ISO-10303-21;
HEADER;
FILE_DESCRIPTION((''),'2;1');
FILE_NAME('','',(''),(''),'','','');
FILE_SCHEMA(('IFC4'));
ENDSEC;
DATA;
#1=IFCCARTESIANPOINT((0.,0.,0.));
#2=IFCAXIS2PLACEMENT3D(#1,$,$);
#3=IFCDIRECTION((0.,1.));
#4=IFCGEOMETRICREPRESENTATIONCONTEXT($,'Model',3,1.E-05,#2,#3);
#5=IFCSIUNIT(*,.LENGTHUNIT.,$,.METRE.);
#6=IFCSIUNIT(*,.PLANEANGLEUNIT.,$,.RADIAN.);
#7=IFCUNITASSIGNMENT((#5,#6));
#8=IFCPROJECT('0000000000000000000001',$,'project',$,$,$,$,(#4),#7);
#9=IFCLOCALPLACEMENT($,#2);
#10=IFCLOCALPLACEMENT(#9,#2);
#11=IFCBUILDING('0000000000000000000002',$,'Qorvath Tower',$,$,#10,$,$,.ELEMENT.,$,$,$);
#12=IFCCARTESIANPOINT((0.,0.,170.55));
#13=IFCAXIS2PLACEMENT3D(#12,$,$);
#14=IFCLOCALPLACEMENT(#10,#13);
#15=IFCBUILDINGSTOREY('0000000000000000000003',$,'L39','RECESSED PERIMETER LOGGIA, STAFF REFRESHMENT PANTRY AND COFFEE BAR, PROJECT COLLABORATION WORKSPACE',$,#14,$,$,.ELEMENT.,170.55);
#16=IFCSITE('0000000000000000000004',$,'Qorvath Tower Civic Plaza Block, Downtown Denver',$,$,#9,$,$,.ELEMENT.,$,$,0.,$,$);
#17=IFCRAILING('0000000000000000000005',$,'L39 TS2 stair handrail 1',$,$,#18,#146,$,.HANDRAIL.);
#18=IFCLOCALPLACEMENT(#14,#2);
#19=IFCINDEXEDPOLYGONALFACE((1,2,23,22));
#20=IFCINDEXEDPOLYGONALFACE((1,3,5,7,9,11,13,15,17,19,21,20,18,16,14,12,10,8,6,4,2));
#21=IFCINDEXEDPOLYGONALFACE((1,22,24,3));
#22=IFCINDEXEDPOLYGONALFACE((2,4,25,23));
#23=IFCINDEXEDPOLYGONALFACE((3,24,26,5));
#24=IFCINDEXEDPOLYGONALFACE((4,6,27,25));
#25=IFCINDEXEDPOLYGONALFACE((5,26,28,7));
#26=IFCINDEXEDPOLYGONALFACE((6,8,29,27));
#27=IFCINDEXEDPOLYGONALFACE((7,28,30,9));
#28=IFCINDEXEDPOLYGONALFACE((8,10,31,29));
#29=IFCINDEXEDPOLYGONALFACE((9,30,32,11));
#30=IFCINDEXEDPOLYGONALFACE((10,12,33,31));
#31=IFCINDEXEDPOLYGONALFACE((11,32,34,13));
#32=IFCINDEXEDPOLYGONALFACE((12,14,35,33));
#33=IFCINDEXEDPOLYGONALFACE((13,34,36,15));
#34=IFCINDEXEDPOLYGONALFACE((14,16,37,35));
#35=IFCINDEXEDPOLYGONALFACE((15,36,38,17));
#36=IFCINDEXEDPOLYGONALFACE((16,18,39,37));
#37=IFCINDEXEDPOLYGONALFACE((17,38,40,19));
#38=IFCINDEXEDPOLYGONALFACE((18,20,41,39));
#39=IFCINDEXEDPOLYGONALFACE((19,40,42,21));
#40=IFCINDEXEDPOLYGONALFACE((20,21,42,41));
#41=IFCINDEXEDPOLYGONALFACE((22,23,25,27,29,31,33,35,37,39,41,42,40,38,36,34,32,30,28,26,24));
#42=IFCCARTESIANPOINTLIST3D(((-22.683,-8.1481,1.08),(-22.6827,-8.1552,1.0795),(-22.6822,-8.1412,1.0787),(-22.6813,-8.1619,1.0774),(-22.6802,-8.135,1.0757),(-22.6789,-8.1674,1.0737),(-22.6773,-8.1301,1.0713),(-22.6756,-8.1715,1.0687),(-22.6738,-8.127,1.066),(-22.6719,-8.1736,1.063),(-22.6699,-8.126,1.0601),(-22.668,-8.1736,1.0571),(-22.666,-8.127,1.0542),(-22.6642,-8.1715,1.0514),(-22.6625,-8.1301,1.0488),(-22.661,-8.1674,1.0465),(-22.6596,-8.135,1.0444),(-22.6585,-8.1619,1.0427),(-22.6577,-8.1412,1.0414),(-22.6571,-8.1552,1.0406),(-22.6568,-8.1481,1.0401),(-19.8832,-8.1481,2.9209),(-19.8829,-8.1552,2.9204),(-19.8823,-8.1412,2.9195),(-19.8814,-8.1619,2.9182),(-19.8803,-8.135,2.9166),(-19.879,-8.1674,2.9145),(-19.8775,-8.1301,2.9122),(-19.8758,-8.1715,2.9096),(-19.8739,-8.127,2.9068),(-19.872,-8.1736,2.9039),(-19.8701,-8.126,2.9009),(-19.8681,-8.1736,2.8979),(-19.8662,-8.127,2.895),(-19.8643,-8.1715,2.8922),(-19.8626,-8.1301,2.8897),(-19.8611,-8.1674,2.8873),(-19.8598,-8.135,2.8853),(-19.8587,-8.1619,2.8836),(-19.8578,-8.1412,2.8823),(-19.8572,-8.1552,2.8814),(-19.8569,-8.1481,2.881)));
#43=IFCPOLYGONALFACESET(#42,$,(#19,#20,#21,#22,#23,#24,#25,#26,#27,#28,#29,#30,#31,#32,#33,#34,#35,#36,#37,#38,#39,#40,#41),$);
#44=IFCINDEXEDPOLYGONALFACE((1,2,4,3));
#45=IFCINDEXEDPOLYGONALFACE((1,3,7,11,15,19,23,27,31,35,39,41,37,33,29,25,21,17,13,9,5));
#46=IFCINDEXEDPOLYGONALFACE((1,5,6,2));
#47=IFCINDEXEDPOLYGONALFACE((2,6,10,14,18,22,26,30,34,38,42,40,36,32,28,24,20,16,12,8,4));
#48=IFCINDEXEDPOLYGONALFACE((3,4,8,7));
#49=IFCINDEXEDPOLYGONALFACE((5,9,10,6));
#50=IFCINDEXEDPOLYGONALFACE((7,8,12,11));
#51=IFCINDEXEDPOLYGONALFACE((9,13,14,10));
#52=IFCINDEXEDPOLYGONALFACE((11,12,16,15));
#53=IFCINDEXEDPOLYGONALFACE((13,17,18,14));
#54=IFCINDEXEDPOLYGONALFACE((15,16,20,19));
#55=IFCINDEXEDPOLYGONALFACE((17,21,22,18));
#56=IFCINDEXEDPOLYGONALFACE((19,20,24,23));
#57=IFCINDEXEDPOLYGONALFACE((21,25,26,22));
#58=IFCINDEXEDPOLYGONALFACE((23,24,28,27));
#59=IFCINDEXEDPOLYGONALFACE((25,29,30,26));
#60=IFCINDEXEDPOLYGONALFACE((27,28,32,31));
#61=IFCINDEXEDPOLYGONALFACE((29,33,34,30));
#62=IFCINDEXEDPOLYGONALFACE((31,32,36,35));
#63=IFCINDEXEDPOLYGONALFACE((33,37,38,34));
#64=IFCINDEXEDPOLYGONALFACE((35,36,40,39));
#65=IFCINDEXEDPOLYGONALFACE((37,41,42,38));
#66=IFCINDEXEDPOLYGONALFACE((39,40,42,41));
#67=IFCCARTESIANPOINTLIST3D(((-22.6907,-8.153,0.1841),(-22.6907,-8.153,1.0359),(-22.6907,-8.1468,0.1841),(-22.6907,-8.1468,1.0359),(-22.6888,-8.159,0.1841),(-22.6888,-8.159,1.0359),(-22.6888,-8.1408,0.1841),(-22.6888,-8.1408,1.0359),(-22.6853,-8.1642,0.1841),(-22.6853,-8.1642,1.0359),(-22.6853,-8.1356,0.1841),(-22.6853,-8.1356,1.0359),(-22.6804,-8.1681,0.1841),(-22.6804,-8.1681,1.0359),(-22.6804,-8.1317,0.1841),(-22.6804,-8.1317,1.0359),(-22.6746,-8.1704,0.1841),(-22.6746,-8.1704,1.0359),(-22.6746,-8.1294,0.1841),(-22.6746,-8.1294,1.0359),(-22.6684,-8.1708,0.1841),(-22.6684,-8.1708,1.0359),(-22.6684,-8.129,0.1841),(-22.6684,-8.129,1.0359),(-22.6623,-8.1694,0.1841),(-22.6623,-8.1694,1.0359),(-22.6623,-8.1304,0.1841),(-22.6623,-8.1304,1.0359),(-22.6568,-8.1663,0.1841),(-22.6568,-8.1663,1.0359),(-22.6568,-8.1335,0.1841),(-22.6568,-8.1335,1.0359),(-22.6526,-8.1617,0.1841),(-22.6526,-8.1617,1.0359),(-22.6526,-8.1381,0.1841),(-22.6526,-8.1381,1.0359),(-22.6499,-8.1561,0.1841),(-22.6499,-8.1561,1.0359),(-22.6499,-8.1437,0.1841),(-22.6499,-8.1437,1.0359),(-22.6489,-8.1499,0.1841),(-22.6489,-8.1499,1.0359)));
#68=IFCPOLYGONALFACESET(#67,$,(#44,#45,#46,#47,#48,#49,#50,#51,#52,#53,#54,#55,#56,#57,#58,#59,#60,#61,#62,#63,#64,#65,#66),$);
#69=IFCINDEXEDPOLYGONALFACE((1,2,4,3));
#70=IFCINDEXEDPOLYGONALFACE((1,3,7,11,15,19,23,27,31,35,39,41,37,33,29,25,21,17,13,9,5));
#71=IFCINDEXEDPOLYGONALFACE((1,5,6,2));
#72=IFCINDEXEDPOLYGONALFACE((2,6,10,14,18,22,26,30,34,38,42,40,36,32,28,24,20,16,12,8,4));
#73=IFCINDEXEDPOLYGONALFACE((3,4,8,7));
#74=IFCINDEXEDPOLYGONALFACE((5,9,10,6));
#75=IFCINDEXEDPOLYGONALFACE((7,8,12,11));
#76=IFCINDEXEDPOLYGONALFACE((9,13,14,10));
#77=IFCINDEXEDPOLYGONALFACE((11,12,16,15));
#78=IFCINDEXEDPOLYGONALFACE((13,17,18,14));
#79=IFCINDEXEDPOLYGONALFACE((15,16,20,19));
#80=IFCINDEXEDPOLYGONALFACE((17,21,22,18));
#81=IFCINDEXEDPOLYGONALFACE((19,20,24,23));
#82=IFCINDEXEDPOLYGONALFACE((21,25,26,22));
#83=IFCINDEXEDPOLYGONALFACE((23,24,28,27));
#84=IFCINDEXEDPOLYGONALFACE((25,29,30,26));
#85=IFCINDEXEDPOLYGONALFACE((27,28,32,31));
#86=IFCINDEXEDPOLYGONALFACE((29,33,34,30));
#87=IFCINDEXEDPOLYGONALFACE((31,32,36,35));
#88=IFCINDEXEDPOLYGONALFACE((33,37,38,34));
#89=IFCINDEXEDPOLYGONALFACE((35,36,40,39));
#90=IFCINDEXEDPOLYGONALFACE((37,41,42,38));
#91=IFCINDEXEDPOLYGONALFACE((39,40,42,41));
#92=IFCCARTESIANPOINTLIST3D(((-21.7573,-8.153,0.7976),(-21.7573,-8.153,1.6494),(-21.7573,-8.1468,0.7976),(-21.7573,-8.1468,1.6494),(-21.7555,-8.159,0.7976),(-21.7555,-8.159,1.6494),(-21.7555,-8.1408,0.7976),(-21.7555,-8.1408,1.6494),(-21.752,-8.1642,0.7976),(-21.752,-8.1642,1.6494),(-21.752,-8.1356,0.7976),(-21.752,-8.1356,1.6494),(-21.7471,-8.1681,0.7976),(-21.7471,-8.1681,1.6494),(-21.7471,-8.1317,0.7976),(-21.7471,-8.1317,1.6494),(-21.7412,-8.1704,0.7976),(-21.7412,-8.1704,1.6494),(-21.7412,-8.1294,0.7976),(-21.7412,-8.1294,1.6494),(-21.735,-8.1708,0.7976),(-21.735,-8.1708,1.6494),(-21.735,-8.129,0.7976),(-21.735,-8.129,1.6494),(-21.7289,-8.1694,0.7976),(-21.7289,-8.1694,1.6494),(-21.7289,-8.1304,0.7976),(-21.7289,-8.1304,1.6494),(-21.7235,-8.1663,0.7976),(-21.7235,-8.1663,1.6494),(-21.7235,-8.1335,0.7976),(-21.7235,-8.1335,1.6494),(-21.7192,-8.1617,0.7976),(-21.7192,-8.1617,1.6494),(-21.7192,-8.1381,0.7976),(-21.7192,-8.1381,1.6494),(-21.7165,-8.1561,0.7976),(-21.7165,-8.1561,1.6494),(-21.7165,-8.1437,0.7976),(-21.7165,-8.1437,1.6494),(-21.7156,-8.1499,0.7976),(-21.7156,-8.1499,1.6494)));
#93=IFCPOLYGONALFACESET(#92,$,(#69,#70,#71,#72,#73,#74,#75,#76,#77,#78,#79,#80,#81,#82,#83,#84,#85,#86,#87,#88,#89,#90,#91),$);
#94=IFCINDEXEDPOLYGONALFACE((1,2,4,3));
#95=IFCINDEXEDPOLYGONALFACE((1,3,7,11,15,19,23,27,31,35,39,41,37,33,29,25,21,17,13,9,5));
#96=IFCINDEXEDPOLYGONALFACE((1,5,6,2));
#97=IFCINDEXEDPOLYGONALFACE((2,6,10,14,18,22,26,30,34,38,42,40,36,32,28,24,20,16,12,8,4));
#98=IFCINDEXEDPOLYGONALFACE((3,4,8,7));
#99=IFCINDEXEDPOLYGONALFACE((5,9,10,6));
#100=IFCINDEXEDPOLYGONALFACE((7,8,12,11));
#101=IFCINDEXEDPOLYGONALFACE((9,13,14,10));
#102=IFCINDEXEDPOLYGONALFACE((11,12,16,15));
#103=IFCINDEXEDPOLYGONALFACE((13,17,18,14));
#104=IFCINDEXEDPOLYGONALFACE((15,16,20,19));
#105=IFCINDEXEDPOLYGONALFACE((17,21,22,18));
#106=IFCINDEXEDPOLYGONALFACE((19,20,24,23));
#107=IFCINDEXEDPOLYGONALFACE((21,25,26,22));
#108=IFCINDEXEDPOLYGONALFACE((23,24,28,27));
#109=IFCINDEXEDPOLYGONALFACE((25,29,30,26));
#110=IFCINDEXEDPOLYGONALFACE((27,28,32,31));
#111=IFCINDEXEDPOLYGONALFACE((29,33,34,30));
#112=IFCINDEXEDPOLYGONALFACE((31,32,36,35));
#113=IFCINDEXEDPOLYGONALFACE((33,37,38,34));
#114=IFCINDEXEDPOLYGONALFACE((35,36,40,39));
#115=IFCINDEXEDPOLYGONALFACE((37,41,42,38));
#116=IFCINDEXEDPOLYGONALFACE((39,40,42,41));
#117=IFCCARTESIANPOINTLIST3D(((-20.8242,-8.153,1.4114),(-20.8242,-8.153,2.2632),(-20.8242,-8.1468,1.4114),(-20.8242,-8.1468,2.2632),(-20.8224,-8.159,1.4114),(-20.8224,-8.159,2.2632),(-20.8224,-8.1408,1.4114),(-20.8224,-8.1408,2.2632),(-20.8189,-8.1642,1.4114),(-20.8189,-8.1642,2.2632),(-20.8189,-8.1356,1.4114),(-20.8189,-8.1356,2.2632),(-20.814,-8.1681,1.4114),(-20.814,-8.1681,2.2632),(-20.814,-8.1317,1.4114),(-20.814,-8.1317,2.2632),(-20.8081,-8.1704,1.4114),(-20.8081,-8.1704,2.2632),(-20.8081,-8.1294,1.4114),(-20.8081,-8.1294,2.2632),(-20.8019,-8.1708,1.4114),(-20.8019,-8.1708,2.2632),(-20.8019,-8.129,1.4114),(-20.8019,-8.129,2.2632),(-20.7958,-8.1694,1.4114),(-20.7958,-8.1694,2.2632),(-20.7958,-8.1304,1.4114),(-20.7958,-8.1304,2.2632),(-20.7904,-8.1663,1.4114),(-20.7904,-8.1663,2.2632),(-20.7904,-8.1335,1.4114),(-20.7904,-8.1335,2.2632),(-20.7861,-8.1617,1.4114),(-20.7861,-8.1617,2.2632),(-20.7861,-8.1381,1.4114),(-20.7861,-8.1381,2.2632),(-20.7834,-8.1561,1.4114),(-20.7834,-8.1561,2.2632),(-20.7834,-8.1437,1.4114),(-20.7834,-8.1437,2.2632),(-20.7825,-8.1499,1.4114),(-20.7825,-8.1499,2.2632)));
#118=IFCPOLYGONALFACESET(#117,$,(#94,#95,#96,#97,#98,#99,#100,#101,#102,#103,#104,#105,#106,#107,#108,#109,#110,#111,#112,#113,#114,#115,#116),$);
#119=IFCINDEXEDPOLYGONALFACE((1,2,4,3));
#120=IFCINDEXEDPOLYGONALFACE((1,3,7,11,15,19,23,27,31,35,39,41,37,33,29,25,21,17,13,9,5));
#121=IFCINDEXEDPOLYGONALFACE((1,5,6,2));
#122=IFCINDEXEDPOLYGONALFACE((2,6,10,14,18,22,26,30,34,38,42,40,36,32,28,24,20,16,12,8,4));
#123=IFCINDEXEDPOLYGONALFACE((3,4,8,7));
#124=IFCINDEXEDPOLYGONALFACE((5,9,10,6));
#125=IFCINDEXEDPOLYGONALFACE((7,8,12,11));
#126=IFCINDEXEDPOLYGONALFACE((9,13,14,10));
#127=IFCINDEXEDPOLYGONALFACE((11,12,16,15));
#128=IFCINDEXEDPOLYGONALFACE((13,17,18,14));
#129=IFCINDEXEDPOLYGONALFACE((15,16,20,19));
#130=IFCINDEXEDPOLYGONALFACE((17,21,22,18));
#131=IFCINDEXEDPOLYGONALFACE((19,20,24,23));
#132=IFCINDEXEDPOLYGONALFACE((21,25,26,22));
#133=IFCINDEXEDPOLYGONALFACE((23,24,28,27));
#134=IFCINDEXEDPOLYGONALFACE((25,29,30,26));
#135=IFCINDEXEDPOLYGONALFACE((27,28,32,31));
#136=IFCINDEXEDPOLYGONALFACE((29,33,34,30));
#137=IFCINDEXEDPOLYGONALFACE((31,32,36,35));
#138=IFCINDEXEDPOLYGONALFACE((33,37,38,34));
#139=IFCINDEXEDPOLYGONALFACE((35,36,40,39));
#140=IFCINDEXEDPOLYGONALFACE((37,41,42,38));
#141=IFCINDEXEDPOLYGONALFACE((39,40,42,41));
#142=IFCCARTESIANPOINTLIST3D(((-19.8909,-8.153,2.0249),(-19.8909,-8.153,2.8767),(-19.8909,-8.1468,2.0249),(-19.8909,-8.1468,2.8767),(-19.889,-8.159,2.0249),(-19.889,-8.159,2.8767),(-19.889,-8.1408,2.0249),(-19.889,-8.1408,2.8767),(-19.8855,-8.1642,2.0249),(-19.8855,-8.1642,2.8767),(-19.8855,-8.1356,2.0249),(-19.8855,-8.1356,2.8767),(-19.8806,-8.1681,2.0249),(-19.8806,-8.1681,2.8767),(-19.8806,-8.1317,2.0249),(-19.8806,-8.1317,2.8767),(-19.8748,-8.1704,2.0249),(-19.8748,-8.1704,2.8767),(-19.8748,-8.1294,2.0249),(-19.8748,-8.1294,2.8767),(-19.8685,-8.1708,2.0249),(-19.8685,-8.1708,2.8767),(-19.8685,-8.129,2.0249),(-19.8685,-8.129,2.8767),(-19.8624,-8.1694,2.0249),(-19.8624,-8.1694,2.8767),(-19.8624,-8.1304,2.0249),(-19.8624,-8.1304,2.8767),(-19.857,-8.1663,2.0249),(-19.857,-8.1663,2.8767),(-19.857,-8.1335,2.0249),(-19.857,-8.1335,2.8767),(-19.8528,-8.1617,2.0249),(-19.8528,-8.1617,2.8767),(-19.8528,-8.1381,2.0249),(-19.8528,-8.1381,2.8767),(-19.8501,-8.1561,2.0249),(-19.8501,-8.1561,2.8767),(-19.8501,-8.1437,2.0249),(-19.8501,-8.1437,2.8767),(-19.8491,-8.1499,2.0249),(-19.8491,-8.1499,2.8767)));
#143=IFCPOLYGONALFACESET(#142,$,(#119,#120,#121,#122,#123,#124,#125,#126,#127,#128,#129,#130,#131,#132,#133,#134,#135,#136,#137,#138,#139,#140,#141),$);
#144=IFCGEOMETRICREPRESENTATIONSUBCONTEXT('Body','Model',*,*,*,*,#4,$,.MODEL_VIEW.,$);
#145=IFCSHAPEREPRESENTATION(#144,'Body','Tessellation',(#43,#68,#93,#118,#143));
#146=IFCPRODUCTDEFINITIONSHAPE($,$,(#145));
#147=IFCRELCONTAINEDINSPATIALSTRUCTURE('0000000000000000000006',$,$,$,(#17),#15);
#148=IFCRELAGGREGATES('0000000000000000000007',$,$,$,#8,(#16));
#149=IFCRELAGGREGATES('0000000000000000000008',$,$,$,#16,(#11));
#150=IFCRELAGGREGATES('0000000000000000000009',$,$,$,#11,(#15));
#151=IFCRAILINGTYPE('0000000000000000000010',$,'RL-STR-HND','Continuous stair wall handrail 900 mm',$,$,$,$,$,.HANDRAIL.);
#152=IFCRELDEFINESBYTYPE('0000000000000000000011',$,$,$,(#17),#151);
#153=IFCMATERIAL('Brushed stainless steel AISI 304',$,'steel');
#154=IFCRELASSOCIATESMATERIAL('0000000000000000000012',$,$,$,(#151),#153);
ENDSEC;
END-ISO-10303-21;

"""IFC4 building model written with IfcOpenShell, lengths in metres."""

from ifc_helpers import new_model, si_unit, direction, frame, origin, origin_2d, place, context, subcontext, project, spatial, circle, extrude, material, type_object, element, save


model = new_model("IFC4")

# Units and contexts
model_context = context("Model", 3, precision=1e-05, world=origin(), true_north=direction((0.0, 1.0)))
body_context = subcontext(model_context, "Body", "Model", "MODEL_VIEW")
ifc_project = project(units=[si_unit("LENGTHUNIT", "METRE"), si_unit("PLANEANGLEUNIT", "RADIAN")], contexts=[model_context])

# Site, building, storey
site_placement = place(None, origin())
site = spatial("IfcSite", under=ifc_project, at=site_placement, Name="Qorvath Tower Civic Plaza Block, Downtown Denver", CompositionType="ELEMENT", RefElevation=0.0)
building_placement = place(site_placement, origin())
building = spatial("IfcBuilding", under=site, at=building_placement, Name="Qorvath Tower", CompositionType="ELEMENT")
storey_placement = place(building_placement, frame((0.0, 0.0, 170.55)))
storey = spatial("IfcBuildingStorey", under=building, at=storey_placement, Name="L39", Description="RECESSED PERIMETER LOGGIA, STAFF REFRESHMENT PANTRY AND COFFEE BAR, PROJECT COLLABORATION WORKSPACE", CompositionType="ELEMENT", Elevation=170.55)

# Railing
ifc_material_1 = material(Name="Brushed stainless steel AISI 304", Category="steel")
railing_type_1 = type_object("IfcRailingType", Name="RL-STR-HND", Description="Continuous stair wall handrail 900 mm", PredefinedType="HANDRAIL", material=ifc_material_1)
railing_1_placement = place(storey_placement, frame((-22.6699, -8.1499, 0.1841)))
element("IfcRailing", 1, at=railing_1_placement, inside=storey, type_object=railing_type_1, Name="L39 TS2 stair handrail 1", PredefinedType="HANDRAIL", context=body_context, shape_type="SweptSolid", body=[
    extrude(circle(Radius=0.0239, at=origin_2d()), frame((0.0, 0.0, 0.876), z_axis=(0.835576, 0.0, 0.549376), x_axis=(0.0, 1.0, 0.0)), (0.0, 0.0, 1.0), 3.3508),
    extrude(circle(Radius=0.021, at=origin_2d()), origin(), (0.0, 0.0, 1.0), 0.8518),
    extrude(circle(Radius=0.021, at=origin_2d()), frame((0.9333, 0.0, 0.6135)), (0.0, 0.0, 1.0), 0.8518),
    extrude(circle(Radius=0.021, at=origin_2d()), frame((1.8665, 0.0, 1.2273)), (0.0, 0.0, 1.0), 0.8518),
    extrude(circle(Radius=0.021, at=origin_2d()), frame((2.7998, 0.0, 1.8408)), (0.0, 0.0, 1.0), 0.8518),
])

save(model, "model.ifc")
